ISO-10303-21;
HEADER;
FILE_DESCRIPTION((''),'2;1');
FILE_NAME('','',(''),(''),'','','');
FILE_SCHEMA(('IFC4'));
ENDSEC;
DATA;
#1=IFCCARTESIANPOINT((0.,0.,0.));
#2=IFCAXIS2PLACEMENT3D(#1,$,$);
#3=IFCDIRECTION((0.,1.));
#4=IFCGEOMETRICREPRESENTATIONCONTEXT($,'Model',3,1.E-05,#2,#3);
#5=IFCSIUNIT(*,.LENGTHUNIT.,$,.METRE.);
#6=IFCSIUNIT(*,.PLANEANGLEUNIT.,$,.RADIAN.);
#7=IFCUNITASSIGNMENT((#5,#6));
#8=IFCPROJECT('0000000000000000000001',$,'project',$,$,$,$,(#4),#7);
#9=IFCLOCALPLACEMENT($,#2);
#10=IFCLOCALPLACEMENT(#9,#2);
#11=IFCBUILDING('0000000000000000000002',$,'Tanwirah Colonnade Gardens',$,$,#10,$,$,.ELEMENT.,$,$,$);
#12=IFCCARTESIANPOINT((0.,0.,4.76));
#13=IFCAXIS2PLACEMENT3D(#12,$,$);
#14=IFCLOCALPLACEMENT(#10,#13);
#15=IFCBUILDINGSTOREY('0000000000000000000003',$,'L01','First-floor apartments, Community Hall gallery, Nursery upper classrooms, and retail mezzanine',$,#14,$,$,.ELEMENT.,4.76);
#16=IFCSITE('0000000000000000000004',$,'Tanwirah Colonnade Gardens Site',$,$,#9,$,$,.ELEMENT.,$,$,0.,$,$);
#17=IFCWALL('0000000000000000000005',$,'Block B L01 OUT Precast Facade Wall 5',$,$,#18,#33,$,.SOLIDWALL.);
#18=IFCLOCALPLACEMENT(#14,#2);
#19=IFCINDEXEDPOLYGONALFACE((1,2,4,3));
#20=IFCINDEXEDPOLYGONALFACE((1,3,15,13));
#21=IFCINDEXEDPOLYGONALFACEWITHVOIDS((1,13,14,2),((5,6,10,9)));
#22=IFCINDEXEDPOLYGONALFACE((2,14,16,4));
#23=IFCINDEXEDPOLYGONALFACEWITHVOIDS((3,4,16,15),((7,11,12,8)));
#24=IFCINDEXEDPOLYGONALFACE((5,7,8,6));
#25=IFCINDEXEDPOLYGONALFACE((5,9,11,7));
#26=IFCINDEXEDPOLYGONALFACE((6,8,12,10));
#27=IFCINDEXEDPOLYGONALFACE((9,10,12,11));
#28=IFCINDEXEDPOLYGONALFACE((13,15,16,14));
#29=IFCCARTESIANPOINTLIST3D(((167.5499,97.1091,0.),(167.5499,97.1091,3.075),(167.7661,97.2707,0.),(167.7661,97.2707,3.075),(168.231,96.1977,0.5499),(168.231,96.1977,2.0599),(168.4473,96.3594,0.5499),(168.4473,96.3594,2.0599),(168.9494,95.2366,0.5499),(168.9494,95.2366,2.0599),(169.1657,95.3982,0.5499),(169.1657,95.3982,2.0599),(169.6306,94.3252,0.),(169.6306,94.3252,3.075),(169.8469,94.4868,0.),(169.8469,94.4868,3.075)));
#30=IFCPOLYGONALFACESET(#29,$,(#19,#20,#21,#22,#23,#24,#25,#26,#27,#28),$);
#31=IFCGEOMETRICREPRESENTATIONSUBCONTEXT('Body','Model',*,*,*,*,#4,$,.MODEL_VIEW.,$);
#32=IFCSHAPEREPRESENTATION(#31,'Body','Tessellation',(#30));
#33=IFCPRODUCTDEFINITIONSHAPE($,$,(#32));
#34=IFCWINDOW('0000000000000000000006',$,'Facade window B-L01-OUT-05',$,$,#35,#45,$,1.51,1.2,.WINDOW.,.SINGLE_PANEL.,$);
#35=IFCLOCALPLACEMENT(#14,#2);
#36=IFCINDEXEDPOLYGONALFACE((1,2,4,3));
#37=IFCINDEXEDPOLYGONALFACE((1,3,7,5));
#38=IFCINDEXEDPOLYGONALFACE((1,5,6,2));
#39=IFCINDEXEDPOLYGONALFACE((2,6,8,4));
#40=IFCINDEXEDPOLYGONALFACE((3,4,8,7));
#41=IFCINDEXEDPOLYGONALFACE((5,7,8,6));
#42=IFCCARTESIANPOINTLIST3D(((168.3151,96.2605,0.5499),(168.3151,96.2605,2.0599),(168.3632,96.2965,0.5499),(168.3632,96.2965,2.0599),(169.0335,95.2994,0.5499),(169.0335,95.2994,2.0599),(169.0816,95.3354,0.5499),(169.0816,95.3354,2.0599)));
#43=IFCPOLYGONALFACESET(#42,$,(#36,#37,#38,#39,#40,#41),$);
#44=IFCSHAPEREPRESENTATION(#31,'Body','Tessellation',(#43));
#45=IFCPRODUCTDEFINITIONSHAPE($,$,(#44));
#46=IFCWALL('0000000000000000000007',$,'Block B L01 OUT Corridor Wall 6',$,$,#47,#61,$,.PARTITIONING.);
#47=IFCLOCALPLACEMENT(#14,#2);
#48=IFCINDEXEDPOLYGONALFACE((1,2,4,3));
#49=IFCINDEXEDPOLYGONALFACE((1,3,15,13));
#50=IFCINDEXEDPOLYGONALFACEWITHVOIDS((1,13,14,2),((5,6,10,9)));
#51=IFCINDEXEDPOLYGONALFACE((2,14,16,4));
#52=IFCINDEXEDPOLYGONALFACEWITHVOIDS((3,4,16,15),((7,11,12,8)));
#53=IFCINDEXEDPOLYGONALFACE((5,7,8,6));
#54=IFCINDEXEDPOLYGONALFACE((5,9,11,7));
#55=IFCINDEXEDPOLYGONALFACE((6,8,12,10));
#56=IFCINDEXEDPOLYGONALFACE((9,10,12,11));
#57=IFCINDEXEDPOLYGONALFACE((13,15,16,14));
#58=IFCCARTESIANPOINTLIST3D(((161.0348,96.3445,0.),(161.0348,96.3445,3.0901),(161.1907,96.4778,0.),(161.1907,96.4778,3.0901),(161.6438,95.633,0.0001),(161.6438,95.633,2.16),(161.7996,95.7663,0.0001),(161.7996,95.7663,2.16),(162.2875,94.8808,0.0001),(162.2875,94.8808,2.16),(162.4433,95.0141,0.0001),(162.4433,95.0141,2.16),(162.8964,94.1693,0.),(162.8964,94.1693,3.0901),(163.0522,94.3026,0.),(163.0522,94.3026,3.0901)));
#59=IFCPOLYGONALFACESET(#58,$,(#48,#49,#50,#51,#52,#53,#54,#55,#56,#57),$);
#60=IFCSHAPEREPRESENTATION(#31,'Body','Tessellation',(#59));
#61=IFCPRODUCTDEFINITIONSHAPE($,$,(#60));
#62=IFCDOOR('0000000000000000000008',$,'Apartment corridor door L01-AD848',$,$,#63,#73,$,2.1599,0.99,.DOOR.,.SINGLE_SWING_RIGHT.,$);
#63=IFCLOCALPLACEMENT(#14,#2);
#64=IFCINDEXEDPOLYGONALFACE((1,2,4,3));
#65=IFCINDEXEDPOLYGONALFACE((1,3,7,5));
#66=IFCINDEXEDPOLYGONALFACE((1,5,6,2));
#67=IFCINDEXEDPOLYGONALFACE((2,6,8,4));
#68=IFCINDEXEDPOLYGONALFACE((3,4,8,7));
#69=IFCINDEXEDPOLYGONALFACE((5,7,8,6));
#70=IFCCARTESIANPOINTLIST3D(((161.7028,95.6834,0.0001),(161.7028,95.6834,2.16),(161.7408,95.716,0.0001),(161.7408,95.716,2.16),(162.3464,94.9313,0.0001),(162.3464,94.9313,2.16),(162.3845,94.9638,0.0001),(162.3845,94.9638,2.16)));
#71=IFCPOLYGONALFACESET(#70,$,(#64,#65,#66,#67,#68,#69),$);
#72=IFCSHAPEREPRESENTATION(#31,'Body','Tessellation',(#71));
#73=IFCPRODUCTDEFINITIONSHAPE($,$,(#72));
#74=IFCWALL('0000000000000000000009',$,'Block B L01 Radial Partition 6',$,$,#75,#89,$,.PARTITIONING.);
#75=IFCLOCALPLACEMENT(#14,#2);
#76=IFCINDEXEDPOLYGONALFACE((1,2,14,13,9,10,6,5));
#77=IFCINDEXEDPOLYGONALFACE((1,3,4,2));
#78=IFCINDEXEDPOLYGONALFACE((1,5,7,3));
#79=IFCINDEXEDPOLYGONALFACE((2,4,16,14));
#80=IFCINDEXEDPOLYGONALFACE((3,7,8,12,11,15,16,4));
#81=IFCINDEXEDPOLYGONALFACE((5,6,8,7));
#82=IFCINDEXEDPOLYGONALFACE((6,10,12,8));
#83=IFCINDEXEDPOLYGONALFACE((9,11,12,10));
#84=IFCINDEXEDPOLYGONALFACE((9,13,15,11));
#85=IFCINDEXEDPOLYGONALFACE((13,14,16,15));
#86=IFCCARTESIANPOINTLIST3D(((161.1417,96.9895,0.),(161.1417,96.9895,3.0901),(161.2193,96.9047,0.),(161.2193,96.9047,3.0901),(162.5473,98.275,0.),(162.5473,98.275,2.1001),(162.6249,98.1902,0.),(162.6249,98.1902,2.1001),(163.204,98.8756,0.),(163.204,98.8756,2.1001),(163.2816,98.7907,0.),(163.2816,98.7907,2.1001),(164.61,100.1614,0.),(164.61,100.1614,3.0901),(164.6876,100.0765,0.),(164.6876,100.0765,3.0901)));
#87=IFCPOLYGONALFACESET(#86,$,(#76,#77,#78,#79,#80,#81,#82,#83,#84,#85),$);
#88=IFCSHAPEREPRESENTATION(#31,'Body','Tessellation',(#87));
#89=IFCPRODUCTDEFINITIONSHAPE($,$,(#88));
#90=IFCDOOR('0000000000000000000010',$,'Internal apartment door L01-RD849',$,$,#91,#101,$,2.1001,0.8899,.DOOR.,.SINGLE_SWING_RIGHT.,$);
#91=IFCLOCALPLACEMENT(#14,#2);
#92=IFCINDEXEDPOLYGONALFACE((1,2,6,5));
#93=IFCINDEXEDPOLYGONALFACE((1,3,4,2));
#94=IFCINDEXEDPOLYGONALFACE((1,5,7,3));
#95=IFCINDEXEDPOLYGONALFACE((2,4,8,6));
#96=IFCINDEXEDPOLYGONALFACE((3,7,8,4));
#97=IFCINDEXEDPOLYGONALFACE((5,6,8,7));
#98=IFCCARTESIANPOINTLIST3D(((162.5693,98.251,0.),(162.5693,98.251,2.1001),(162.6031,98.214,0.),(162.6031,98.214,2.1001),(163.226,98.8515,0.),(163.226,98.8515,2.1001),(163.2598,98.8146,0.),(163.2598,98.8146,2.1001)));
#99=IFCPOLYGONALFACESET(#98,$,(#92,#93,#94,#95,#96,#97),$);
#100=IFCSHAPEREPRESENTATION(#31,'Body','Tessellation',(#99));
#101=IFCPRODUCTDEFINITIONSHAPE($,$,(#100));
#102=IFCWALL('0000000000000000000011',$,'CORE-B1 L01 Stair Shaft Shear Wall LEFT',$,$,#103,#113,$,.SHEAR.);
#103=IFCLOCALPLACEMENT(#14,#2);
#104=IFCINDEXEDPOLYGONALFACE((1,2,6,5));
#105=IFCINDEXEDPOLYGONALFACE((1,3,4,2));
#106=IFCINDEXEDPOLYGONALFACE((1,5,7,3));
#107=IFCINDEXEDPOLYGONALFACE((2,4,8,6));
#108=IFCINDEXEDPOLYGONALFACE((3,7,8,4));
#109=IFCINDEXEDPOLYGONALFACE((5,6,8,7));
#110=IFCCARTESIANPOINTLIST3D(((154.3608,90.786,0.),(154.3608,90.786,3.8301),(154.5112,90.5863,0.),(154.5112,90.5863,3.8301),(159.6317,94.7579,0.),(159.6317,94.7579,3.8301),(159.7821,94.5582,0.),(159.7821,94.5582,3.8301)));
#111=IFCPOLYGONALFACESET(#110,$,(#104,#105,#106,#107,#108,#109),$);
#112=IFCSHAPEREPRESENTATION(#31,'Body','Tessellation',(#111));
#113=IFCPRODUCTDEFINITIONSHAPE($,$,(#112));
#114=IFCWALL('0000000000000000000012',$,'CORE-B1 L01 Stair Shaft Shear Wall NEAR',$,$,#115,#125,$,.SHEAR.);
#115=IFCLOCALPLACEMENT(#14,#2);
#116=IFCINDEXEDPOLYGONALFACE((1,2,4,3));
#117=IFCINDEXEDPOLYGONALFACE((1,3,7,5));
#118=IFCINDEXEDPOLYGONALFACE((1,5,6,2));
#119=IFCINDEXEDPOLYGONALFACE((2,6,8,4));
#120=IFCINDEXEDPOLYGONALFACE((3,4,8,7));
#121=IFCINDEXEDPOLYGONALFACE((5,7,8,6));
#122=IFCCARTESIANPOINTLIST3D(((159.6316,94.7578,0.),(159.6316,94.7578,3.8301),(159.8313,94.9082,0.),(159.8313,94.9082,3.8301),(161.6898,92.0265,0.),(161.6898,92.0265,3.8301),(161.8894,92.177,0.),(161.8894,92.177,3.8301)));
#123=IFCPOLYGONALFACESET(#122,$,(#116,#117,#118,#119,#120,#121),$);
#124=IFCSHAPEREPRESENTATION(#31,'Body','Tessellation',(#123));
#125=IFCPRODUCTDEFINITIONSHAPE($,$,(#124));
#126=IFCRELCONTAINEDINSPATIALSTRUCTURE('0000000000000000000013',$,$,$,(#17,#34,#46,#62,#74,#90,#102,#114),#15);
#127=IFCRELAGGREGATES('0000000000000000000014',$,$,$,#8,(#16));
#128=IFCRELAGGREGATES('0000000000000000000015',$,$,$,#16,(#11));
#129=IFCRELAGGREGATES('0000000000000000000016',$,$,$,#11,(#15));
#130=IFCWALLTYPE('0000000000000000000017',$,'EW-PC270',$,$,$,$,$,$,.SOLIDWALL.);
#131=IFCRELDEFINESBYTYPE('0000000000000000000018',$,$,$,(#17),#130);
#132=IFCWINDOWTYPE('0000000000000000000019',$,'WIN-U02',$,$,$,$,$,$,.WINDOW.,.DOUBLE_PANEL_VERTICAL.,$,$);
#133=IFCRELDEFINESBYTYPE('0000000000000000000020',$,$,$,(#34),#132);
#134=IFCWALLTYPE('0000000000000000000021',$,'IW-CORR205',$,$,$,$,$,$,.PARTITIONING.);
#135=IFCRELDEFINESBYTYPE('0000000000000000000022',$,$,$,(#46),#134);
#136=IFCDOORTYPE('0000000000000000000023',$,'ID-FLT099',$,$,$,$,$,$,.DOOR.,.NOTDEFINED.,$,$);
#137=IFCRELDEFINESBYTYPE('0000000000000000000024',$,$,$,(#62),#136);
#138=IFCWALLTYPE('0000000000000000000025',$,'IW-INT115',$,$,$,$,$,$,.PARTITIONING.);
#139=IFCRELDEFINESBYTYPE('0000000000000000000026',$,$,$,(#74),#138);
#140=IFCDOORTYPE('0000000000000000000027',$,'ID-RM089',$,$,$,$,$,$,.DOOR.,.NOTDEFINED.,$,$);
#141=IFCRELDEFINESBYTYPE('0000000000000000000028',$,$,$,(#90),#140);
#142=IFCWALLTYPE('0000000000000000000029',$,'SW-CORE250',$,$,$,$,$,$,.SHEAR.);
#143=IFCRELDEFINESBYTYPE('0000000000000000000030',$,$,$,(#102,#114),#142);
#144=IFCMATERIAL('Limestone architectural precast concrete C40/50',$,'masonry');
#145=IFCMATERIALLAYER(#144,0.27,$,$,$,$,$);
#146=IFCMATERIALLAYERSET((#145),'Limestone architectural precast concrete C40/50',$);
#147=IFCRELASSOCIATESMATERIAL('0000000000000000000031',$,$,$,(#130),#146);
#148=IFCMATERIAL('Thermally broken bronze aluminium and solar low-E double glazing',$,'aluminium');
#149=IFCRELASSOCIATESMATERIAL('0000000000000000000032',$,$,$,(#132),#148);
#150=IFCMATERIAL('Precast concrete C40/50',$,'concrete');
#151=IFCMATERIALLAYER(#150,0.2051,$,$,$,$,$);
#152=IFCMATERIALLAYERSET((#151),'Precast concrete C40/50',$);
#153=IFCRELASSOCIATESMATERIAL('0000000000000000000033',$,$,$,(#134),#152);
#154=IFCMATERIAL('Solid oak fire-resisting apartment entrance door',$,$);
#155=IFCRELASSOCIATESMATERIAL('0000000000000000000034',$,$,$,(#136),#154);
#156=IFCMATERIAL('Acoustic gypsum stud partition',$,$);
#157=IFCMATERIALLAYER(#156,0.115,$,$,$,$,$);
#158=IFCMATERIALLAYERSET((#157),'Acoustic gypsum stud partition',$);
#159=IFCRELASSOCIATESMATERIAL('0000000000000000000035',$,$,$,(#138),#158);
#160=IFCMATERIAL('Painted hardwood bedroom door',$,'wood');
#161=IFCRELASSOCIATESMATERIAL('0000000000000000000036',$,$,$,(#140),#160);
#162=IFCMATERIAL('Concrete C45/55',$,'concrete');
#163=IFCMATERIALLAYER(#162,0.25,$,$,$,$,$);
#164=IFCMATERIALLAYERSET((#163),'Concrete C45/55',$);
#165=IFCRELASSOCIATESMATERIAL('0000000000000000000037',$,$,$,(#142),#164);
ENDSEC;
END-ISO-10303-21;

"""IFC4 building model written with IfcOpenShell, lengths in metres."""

from ifc_helpers import new_model, si_unit, direction, frame, frame_2d, origin, place, context, subcontext, project, spatial, rectangle, extrude, material, layer, layer_set, type_object, element, fill, save


model = new_model("IFC4")

# Units and contexts
model_context = context("Model", 3, precision=1e-05, world=origin(), true_north=direction((0.0, 1.0)))
body_context = subcontext(model_context, "Body", "Model", "MODEL_VIEW")
ifc_project = project(units=[si_unit("LENGTHUNIT", "METRE"), si_unit("PLANEANGLEUNIT", "RADIAN")], contexts=[model_context])

# Site, building, storey
site_placement = place(None, origin())
site = spatial("IfcSite", under=ifc_project, at=site_placement, Name="Tanwirah Colonnade Gardens Site", CompositionType="ELEMENT", RefElevation=0.0)
building_placement = place(site_placement, origin())
building = spatial("IfcBuilding", under=site, at=building_placement, Name="Tanwirah Colonnade Gardens", CompositionType="ELEMENT")
storey_placement = place(building_placement, frame((0.0, 0.0, 4.76)))
storey = spatial("IfcBuildingStorey", under=building, at=storey_placement, Name="L01", Description="First-floor apartments, Community Hall gallery, Nursery upper classrooms, and retail mezzanine", CompositionType="ELEMENT", Elevation=4.76)

# Shared definitions
ifc_material_1 = material(Name="Precast concrete C40/50", Category="concrete")

# Wall, opening, window
ifc_material_2 = material(Name="Limestone architectural precast concrete C40/50", Category="masonry")
ifc_layer_1 = layer(ifc_material_2, 0.27)
ifc_layer_set_1 = layer_set([ifc_layer_1], Name="Limestone architectural precast concrete C40/50")
wall_type_1 = type_object("IfcWallType", Name="EW-PC270", PredefinedType="SOLIDWALL", material=ifc_layer_set_1)
wall_1_placement = place(storey_placement, frame((169.7388, 94.406, 0.0), z_axis=(0.0, 0.0, 1.0), x_axis=(-0.598684, 0.800985, 0.0)))
wall_1 = element("IfcWall", 1, at=wall_1_placement, inside=storey, type_object=wall_type_1, Name="Block B L01 OUT Precast Facade Wall 5", PredefinedType="SOLIDWALL", context=body_context, shape_type="SweptSolid", body=[
    extrude(rectangle(XDim=3.4756, YDim=0.27, at=frame_2d((1.7378, 0.0))), origin(), (0.0, 0.0, 1.0), 3.075),
])
opening_1_placement = place(wall_1_placement, frame((1.1377, 0.0, 0.55)))
opening_1 = element("IfcOpeningElement", 2, at=opening_1_placement, cuts=wall_1, PredefinedType="OPENING", context=body_context, shape_type="SweptSolid", body=[
    extrude(rectangle(XDim=1.2, YDim=1.51, at=frame_2d((0.6001, 0.7549))), frame((0.0, 0.145, 0.0), z_axis=(0.0, -1.0, 0.0), x_axis=(1.0, 0.0, 0.0)), (0.0, 0.0, 1.0), 0.29),
])
ifc_material_3 = material(Name="Thermally broken bronze aluminium and solar low-E double glazing", Category="aluminium")
window_type = type_object("IfcWindowType", Name="WIN-U02", PartitioningType="DOUBLE_PANEL_VERTICAL", PredefinedType="WINDOW", material=ifc_material_3)
window_placement = place(opening_1_placement, origin())
window = element("IfcWindow", 3, at=window_placement, inside=storey, type_object=window_type, Name="Facade window B-L01-OUT-05", OverallHeight=1.51, OverallWidth=1.2, PartitioningType="SINGLE_PANEL", PredefinedType="WINDOW", context=body_context, shape_type="SweptSolid", body=[
    extrude(rectangle(XDim=1.2, YDim=1.51, at=frame_2d((0.6001, 0.7549))), frame((0.0, 0.03, 0.0), z_axis=(0.0, -1.0, 0.0), x_axis=(1.0, 0.0, 0.0)), (0.0, 0.0, 1.0), 0.0601),
])
fill(opening_1, window)

# Walls, openings, doors
ifc_layer_2 = layer(ifc_material_1, 0.2051)
ifc_layer_set_2 = layer_set([ifc_layer_2], Name="Precast concrete C40/50")
wall_type_2 = type_object("IfcWallType", Name="IW-CORR205", PredefinedType="PARTITIONING", material=ifc_layer_set_2)
wall_2_placement = place(storey_placement, frame((162.9744, 94.2358, 0.0), z_axis=(0.0, 0.0, 1.0), x_axis=(-0.650194, 0.759768, 0.0)))
wall_2 = element("IfcWall", 4, at=wall_2_placement, inside=storey, type_object=wall_type_2, Name="Block B L01 OUT Corridor Wall 6", PredefinedType="PARTITIONING", context=body_context, shape_type="SweptSolid", body=[
    extrude(rectangle(XDim=2.863, YDim=0.2051, at=frame_2d((1.4316, 0.0))), origin(), (0.0, 0.0, 1.0), 3.0901),
])
opening_2_placement = place(wall_2_placement, frame((0.9365, 0.0, 0.0)))
opening_2 = element("IfcOpeningElement", 5, at=opening_2_placement, cuts=wall_2, PredefinedType="OPENING", context=body_context, shape_type="SweptSolid", body=[
    extrude(rectangle(XDim=0.99, YDim=2.1599, at=frame_2d((0.4951, 1.0801))), frame((0.0, 0.1125, 0.0), z_axis=(0.0, -1.0, 0.0), x_axis=(1.0, 0.0, 0.0)), (0.0, 0.0, 1.0), 0.2251),
])
ifc_material_4 = material(Name="Solid oak fire-resisting apartment entrance door")
door_type_1 = type_object("IfcDoorType", Name="ID-FLT099", OperationType="NOTDEFINED", PredefinedType="DOOR", material=ifc_material_4)
door_1_placement = place(opening_2_placement, origin())
door_1 = element("IfcDoor", 6, at=door_1_placement, inside=storey, type_object=door_type_1, Name="Apartment corridor door L01-AD848", OperationType="SINGLE_SWING_RIGHT", OverallHeight=2.1599, OverallWidth=0.99, PredefinedType="DOOR", context=body_context, shape_type="SweptSolid", body=[
    extrude(rectangle(XDim=0.99, YDim=2.1599, at=frame_2d((0.4951, 1.0801))), frame((0.0, 0.0249, 0.0), z_axis=(0.0, -1.0, 0.0), x_axis=(1.0, 0.0, 0.0)), (0.0, 0.0, 1.0), 0.05),
])
fill(opening_2, door_1)
ifc_material_5 = material(Name="Acoustic gypsum stud partition")
ifc_layer_3 = layer(ifc_material_5, 0.115)
ifc_layer_set_3 = layer_set([ifc_layer_3], Name="Acoustic gypsum stud partition")
wall_type_3 = type_object("IfcWallType", Name="IW-INT115", PredefinedType="PARTITIONING", material=ifc_layer_set_3)
wall_3_placement = place(storey_placement, frame((161.1804, 96.947, 0.0), z_axis=(0.0, 0.0, 1.0), x_axis=(0.737934, 0.674873, 0.0)))
wall_3 = element("IfcWall", 7, at=wall_3_placement, inside=storey, type_object=wall_type_3, Name="Block B L01 Radial Partition 6", PredefinedType="PARTITIONING", context=body_context, shape_type="SweptSolid", body=[
    extrude(rectangle(XDim=4.7, YDim=0.115, at=frame_2d((2.3501, 0.0))), origin(), (0.0, 0.0, 1.0), 3.0901),
])
opening_3_placement = place(wall_3_placement, frame((1.905, 0.0, 0.0)))
opening_3 = element("IfcOpeningElement", 8, at=opening_3_placement, cuts=wall_3, PredefinedType="OPENING", context=body_context, shape_type="SweptSolid", body=[
    extrude(rectangle(XDim=0.8899, YDim=2.1001, at=frame_2d((0.4448, 1.05))), frame((0.0, 0.0674, 0.0), z_axis=(0.0, -1.0, 0.0), x_axis=(1.0, 0.0, 0.0)), (0.0, 0.0, 1.0), 0.135),
])
ifc_material_6 = material(Name="Painted hardwood bedroom door", Category="wood")
door_type_2 = type_object("IfcDoorType", Name="ID-RM089", OperationType="NOTDEFINED", PredefinedType="DOOR", material=ifc_material_6)
door_2_placement = place(opening_3_placement, origin())
door_2 = element("IfcDoor", 9, at=door_2_placement, inside=storey, type_object=door_type_2, Name="Internal apartment door L01-RD849", OperationType="SINGLE_SWING_RIGHT", OverallHeight=2.1001, OverallWidth=0.8899, PredefinedType="DOOR", context=body_context, shape_type="SweptSolid", body=[
    extrude(rectangle(XDim=0.8899, YDim=2.1001, at=frame_2d((0.4448, 1.05))), frame((0.0, 0.0249, 0.0), z_axis=(0.0, -1.0, 0.0), x_axis=(1.0, 0.0, 0.0)), (0.0, 0.0, 1.0), 0.05),
])
fill(opening_3, door_2)

# Walls
ifc_material_7 = material(Name="Concrete C45/55", Category="concrete")
ifc_layer_4 = layer(ifc_material_7, 0.25)
ifc_layer_set_4 = layer_set([ifc_layer_4], Name="Concrete C45/55")
wall_type_4 = type_object("IfcWallType", Name="SW-CORE250", PredefinedType="SHEAR", material=ifc_layer_set_4)
wall_4_placement = place(storey_placement, frame((159.7068, 94.658, 0.0), z_axis=(0.0, 0.0, 1.0), x_axis=(-0.79864, -0.60181, 0.0)))
element("IfcWall", 10, at=wall_4_placement, inside=storey, type_object=wall_type_4, Name="CORE-B1 L01 Stair Shaft Shear Wall LEFT", PredefinedType="SHEAR", context=body_context, shape_type="SweptSolid", body=[
    extrude(rectangle(XDim=6.5999, YDim=0.25, at=frame_2d((3.2998, 0.0))), origin(), (0.0, 0.0, 1.0), 3.8301),
])
wall_5_placement = place(storey_placement, frame((159.7314, 94.833, 0.0), z_axis=(0.0, 0.0, 1.0), x_axis=(0.601815, -0.798636, 0.0)))
element("IfcWall", 11, at=wall_5_placement, inside=storey, type_object=wall_type_4, Name="CORE-B1 L01 Stair Shaft Shear Wall NEAR", PredefinedType="SHEAR", context=body_context, shape_type="SweptSolid", body=[
    extrude(rectangle(XDim=3.4199, YDim=0.25, at=frame_2d((1.71, 0.0))), origin(), (0.0, 0.0, 1.0), 3.8301),
])

save(model, "model.ifc")
